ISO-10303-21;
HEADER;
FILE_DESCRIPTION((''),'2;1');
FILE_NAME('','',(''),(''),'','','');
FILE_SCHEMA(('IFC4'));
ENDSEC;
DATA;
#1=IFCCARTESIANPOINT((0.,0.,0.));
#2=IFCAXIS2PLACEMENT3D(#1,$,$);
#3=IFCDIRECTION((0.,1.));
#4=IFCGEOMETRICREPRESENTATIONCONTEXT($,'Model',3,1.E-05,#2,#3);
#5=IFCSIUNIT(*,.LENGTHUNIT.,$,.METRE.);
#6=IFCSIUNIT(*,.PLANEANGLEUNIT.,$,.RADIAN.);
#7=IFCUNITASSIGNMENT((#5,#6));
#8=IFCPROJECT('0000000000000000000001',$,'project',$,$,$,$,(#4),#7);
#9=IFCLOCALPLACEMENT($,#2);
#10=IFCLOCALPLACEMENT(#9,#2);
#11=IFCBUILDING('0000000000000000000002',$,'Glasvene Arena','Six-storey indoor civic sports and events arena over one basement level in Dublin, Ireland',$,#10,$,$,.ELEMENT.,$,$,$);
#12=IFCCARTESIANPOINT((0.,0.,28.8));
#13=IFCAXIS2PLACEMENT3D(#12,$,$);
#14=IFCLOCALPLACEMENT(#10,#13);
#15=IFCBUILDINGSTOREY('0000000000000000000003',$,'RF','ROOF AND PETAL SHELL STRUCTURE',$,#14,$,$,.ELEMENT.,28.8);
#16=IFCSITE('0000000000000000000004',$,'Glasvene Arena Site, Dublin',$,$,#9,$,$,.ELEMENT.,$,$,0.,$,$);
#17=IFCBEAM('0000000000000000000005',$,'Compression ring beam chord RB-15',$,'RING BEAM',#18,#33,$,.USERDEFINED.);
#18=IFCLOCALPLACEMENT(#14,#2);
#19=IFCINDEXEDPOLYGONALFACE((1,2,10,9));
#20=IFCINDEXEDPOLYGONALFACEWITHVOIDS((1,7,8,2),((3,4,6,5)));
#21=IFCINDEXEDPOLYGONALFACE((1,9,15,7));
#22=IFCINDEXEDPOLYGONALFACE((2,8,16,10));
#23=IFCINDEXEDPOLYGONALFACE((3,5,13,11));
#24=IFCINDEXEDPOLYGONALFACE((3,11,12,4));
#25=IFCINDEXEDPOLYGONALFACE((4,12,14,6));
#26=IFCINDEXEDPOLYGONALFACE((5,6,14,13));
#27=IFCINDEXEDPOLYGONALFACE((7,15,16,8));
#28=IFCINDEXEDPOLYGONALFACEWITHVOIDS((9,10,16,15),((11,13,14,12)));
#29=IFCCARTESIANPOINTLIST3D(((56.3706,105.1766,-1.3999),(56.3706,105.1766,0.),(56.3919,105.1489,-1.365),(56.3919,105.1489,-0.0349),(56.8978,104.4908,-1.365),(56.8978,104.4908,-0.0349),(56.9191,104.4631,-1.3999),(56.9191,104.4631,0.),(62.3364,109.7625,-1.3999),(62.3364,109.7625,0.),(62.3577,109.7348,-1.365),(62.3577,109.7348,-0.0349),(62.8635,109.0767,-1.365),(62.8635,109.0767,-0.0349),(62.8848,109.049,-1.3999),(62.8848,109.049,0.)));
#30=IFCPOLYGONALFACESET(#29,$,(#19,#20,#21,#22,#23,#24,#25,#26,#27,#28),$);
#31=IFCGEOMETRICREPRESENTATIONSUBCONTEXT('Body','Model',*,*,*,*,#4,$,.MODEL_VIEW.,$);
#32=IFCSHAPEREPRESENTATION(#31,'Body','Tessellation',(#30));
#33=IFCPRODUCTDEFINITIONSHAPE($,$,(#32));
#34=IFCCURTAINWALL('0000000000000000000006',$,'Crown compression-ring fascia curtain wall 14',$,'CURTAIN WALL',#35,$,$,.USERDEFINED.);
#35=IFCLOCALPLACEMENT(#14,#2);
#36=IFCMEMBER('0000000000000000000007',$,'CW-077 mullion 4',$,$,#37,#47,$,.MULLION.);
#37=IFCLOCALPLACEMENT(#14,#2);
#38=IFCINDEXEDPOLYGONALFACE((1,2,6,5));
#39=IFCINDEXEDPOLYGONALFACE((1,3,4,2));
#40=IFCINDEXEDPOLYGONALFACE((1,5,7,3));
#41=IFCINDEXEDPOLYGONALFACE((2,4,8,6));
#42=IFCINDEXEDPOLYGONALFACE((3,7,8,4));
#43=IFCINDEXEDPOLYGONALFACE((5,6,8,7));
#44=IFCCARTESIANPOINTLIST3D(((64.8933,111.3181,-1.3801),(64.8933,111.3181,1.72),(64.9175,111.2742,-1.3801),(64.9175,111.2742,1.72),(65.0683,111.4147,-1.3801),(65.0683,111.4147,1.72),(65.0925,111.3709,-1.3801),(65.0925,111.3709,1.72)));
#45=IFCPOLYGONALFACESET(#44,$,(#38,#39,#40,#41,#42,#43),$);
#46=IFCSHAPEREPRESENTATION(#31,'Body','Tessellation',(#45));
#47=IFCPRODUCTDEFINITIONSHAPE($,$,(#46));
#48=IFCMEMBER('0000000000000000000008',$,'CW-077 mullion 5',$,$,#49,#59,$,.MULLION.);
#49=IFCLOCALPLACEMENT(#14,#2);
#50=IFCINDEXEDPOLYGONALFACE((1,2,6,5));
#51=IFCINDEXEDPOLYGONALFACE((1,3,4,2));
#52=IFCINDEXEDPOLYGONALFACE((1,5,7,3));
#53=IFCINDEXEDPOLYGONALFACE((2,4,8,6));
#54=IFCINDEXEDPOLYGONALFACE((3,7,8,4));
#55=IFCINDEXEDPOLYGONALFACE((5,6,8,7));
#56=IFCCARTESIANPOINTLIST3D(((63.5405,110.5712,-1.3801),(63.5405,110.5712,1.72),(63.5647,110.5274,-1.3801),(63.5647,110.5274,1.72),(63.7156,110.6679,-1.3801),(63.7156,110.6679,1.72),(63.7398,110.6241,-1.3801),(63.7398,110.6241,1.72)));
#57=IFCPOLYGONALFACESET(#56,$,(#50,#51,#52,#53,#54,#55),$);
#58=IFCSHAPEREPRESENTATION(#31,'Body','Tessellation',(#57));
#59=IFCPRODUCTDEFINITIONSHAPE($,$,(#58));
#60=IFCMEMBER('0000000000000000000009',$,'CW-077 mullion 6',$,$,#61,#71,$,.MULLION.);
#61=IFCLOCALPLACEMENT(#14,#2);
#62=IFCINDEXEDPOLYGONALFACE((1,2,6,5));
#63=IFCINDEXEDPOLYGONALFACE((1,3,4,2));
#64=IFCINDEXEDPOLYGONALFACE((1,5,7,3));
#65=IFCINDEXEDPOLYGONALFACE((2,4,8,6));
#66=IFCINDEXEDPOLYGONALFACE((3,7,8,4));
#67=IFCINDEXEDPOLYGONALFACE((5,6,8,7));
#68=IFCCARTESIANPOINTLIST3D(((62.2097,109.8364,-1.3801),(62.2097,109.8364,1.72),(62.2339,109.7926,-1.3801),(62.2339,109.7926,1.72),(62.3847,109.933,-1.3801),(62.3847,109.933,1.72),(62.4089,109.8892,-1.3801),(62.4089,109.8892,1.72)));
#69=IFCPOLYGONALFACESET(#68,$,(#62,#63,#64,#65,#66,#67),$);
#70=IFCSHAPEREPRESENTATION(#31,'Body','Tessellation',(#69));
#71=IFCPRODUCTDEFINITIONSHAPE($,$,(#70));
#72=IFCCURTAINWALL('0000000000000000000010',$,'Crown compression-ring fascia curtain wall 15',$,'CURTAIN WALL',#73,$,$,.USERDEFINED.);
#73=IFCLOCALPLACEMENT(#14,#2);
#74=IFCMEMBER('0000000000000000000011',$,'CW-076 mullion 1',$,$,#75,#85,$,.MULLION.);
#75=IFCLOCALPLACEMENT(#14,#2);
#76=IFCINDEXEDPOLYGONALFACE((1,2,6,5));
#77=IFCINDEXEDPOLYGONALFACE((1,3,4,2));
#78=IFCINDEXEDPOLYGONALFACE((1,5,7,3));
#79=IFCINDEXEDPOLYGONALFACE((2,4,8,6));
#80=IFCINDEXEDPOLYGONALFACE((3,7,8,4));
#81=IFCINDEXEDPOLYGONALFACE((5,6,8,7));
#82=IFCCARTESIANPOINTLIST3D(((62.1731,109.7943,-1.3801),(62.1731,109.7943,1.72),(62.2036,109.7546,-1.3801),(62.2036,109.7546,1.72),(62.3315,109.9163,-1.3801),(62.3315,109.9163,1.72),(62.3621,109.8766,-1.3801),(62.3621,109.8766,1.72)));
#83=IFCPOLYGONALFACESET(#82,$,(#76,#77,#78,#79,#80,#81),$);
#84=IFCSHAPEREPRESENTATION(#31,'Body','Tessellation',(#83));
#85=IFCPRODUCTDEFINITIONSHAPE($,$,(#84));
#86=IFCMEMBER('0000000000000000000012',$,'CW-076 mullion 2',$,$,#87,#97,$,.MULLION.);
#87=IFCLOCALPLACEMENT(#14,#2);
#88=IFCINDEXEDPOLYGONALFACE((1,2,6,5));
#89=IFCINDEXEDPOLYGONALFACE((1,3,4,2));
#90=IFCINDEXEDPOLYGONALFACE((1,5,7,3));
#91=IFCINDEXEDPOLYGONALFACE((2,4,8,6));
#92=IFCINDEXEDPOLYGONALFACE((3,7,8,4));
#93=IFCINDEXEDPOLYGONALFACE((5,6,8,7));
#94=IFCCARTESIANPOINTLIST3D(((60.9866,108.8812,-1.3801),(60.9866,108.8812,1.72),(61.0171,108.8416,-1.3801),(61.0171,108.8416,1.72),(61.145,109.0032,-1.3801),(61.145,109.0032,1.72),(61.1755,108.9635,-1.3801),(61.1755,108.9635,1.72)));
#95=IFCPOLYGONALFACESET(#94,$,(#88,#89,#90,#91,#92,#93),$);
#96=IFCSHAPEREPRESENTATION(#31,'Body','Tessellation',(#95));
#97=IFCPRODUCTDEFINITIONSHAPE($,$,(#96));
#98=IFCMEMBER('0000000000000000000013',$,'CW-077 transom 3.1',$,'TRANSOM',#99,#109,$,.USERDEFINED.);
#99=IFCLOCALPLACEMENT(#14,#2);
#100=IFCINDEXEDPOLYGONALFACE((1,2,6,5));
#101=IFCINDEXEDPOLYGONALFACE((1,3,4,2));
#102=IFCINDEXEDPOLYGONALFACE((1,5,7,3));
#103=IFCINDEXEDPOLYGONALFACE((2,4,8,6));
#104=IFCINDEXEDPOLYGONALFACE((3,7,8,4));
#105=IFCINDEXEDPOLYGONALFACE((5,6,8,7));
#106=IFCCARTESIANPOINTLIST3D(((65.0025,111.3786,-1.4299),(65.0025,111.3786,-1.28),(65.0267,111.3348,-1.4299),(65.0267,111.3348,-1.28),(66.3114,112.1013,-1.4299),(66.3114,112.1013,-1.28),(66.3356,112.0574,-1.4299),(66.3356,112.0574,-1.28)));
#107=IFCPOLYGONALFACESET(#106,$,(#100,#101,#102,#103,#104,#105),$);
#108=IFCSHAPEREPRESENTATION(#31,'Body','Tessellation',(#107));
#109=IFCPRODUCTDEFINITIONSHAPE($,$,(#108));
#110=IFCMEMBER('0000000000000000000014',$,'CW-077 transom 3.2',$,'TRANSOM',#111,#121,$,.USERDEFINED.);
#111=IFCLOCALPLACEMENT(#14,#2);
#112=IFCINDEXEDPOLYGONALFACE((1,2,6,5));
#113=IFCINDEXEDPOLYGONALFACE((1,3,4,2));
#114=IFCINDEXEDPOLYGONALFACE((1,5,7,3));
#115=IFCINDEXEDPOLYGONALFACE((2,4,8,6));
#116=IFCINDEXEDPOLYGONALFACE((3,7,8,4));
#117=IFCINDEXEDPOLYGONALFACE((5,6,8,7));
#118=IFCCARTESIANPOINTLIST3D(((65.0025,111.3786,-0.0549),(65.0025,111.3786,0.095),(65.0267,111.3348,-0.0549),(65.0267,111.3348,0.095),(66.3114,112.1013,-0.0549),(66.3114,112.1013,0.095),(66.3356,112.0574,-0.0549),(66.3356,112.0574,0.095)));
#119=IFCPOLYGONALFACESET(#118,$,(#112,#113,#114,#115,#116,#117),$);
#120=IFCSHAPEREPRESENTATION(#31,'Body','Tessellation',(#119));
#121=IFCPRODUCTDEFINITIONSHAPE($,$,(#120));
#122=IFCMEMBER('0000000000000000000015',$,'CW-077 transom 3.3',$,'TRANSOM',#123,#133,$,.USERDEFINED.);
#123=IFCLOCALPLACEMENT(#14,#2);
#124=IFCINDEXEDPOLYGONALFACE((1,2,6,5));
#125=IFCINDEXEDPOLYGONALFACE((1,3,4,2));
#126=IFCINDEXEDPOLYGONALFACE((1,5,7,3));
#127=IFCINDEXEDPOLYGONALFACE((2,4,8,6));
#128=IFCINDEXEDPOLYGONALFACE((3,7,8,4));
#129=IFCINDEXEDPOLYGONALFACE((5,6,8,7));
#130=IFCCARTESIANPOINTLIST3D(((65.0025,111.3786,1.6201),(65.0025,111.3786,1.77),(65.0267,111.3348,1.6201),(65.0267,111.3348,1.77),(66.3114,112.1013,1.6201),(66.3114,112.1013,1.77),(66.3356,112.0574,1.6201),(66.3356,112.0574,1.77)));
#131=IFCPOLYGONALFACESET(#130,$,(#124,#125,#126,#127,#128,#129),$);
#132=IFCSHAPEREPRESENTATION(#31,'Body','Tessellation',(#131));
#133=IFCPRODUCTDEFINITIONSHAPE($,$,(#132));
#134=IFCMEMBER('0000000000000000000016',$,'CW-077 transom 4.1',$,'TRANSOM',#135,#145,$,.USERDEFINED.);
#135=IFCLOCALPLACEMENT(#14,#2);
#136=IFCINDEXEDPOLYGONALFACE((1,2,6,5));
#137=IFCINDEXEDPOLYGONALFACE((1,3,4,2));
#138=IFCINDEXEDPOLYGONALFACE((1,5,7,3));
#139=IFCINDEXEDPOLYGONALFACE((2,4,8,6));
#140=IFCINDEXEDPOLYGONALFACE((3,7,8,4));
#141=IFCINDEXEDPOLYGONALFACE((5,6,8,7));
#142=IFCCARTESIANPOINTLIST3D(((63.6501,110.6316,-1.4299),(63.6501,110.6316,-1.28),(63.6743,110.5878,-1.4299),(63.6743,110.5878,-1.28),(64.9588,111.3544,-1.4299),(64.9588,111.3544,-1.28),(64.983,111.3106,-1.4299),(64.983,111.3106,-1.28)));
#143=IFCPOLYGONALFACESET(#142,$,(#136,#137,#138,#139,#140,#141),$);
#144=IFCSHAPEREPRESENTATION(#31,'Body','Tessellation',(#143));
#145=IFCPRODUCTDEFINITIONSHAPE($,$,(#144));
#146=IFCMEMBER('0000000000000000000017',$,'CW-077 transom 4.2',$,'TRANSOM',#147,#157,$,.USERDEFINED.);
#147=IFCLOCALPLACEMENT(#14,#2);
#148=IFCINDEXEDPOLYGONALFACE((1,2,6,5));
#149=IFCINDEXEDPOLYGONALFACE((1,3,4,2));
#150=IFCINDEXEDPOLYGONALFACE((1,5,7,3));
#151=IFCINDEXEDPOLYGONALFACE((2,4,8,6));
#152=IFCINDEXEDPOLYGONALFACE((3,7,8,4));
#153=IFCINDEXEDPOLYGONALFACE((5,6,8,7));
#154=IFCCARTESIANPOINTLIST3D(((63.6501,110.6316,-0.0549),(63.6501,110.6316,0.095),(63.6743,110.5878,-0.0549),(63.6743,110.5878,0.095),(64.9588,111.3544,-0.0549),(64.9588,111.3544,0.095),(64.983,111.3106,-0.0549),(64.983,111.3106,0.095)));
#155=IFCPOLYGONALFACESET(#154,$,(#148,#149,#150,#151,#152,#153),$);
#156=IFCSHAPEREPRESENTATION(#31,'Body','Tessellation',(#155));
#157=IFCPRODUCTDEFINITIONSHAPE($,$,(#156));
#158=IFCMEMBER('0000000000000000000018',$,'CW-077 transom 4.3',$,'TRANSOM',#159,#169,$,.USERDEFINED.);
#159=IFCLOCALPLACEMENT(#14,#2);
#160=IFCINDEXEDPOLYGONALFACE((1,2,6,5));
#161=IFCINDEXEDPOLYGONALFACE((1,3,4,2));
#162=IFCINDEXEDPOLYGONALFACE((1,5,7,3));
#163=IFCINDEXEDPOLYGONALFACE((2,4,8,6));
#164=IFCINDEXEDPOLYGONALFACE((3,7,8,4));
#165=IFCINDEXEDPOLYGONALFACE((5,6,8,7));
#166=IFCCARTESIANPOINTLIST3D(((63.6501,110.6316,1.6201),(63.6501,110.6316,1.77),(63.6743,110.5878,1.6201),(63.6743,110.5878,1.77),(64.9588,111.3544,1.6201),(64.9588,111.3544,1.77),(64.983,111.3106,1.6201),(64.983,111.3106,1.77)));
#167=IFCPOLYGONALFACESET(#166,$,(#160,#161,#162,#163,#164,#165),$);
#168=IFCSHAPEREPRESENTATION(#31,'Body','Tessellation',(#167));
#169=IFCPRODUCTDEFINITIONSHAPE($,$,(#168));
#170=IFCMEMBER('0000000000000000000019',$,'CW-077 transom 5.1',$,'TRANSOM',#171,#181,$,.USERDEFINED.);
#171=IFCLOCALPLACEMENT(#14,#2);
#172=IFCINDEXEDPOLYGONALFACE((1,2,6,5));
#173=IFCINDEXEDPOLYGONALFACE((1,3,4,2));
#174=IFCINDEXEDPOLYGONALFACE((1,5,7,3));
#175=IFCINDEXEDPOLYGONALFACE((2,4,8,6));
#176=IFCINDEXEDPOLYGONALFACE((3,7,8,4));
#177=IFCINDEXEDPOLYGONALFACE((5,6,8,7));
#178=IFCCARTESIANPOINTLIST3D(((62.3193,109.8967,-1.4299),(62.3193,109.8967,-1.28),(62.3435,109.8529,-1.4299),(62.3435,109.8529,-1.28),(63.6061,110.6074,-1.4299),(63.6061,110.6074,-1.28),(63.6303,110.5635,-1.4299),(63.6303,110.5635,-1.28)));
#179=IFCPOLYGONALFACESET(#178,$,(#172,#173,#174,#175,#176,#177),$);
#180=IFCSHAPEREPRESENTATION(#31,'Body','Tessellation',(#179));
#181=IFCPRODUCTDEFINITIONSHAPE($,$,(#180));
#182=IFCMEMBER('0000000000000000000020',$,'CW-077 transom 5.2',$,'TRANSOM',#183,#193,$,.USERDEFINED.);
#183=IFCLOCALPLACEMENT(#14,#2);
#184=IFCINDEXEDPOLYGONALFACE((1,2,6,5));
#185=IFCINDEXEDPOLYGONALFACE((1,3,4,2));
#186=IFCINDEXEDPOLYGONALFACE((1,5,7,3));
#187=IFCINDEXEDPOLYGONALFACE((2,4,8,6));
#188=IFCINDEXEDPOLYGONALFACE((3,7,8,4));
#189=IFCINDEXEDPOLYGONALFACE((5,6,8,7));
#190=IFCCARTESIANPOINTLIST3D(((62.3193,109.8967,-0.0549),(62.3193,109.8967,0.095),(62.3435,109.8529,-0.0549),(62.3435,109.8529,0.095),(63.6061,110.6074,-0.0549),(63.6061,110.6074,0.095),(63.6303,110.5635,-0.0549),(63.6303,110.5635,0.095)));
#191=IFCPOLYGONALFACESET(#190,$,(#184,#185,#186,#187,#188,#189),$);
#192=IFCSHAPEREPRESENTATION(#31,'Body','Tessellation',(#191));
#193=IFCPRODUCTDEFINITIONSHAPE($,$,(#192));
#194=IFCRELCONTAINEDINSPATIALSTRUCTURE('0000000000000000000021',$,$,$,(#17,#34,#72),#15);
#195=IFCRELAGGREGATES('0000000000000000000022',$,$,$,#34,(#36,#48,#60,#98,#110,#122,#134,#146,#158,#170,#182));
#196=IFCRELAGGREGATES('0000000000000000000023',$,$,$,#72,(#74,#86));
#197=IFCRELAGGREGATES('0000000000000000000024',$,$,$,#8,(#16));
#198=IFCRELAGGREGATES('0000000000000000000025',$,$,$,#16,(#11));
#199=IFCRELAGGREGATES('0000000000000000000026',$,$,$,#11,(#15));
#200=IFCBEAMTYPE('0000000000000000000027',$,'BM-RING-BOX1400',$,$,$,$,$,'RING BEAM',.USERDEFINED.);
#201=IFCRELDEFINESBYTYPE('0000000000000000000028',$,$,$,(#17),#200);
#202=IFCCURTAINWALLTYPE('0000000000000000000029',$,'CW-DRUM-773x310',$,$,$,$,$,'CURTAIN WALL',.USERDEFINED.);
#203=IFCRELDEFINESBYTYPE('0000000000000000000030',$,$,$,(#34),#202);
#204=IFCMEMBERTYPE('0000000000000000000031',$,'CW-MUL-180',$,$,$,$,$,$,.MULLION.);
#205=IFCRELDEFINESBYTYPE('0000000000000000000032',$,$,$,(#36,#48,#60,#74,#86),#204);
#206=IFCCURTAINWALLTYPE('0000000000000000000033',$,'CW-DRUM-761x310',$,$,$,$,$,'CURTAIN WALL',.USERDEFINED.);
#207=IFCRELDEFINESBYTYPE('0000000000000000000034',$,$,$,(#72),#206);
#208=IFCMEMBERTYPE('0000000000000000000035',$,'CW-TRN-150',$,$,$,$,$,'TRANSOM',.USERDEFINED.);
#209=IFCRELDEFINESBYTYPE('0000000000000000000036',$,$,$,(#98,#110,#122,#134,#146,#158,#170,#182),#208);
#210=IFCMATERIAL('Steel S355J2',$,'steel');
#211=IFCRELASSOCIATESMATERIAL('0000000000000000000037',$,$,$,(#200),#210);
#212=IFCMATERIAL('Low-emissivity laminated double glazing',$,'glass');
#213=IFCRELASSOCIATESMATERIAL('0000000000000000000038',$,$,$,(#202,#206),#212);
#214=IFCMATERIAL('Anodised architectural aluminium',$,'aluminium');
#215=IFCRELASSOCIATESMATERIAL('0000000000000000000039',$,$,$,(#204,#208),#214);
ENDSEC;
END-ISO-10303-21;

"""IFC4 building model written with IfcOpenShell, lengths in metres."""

from ifc_helpers import new_model, si_unit, direction, frame, origin, origin_2d, place, context, subcontext, project, spatial, rectangle, hollow_rectangle, extrude, material, material_profile, profile_set, type_object, element, aggregate, save


model = new_model("IFC4")

# Units and contexts
model_context = context("Model", 3, precision=1e-05, world=origin(), true_north=direction((0.0, 1.0)))
body_context = subcontext(model_context, "Body", "Model", "MODEL_VIEW")
ifc_project = project(units=[si_unit("LENGTHUNIT", "METRE"), si_unit("PLANEANGLEUNIT", "RADIAN")], contexts=[model_context])

# Site, building, storey
site_placement = place(None, origin())
site = spatial("IfcSite", under=ifc_project, at=site_placement, Name="Glasvene Arena Site, Dublin", CompositionType="ELEMENT", RefElevation=0.0)
building_placement = place(site_placement, origin())
building = spatial("IfcBuilding", under=site, at=building_placement, Name="Glasvene Arena", Description="Six-storey indoor civic sports and events arena over one basement level in Dublin, Ireland", CompositionType="ELEMENT")
storey_placement = place(building_placement, frame((0.0, 0.0, 28.8)))
storey = spatial("IfcBuildingStorey", under=building, at=storey_placement, Name="RF", Description="ROOF AND PETAL SHELL STRUCTURE", CompositionType="ELEMENT", Elevation=28.8)

# Beam
ifc_material_1 = material(Name="Steel S355J2", Category="steel")
ifc_material_profile_1 = material_profile(ifc_material_1, hollow_rectangle(XDim=0.8999, YDim=1.3999, WallThickness=0.0349, at=origin_2d()), Name="WBOX 900x1400x35")
ifc_profile_set_1 = profile_set([ifc_material_profile_1], Name="Steel S355J2")
beam_type = type_object("IfcBeamType", Name="BM-RING-BOX1400", ElementType="RING BEAM", PredefinedType="USERDEFINED", material=ifc_profile_set_1)
beam_placement = place(storey_placement, frame((62.6106, 109.4058, -0.7), z_axis=(-0.792827, -0.609447, 0.0), x_axis=(0.609447, -0.792827, 0.0)))
element("IfcBeam", 1, at=beam_placement, inside=storey, type_object=beam_type, Name="Compression ring beam chord RB-15", ObjectType="RING BEAM", PredefinedType="USERDEFINED", context=body_context, shape_type="SweptSolid", body=[
    extrude(hollow_rectangle(XDim=0.8999, YDim=1.3999, WallThickness=0.0349, at=origin_2d()), origin(), (0.0, 0.0, 1.0), 7.5247),
])

# Curtain walls, members
ifc_material_2 = material(Name="Low-emissivity laminated double glazing", Category="glass")
curtain_wall_type_1 = type_object("IfcCurtainWallType", Name="CW-DRUM-773x310", ElementType="CURTAIN WALL", PredefinedType="USERDEFINED", material=ifc_material_2)
curtain_wall_1_placement = place(storey_placement, frame((69.0508, 113.5852, 0.0)))
curtain_wall_1 = element("IfcCurtainWall", 2, at=curtain_wall_1_placement, inside=storey, type_object=curtain_wall_type_1, Name="Crown compression-ring fascia curtain wall 14", ObjectType="CURTAIN WALL", PredefinedType="USERDEFINED")
ifc_material_3 = material(Name="Anodised architectural aluminium", Category="aluminium")
ifc_material_profile_2 = material_profile(ifc_material_3, rectangle(XDim=0.05, YDim=0.2, at=origin_2d()), Name="ALU MULLION 50x200")
ifc_profile_set_2 = profile_set([ifc_material_profile_2], Name="Anodised architectural aluminium")
member_type_1 = type_object("IfcMemberType", Name="CW-MUL-180", PredefinedType="MULLION", material=ifc_profile_set_2)
member_1_placement = place(storey_placement, frame((64.9929, 111.3445, -1.3801), z_axis=(0.0, 0.0, 1.0), x_axis=(0.483387, -0.875407, 0.0)))
member_1 = element("IfcMember", 3, at=member_1_placement, type_object=member_type_1, Name="CW-077 mullion 4", PredefinedType="MULLION", context=body_context, shape_type="SweptSolid", body=[
    extrude(rectangle(XDim=0.05, YDim=0.2, at=origin_2d()), origin(), (0.0, 0.0, 1.0), 3.1001),
])
member_2_placement = place(storey_placement, frame((63.6401, 110.5977, -1.3801), z_axis=(0.0, 0.0, 1.0), x_axis=(0.483387, -0.875407, 0.0)))
member_2 = element("IfcMember", 4, at=member_2_placement, type_object=member_type_1, Name="CW-077 mullion 5", PredefinedType="MULLION", context=body_context, shape_type="SweptSolid", body=[
    extrude(rectangle(XDim=0.05, YDim=0.2, at=origin_2d()), origin(), (0.0, 0.0, 1.0), 3.1001),
])
member_3_placement = place(storey_placement, frame((62.3093, 109.8628, -1.3801), z_axis=(0.0, 0.0, 1.0), x_axis=(0.483387, -0.875407, 0.0)))
member_3 = element("IfcMember", 5, at=member_3_placement, type_object=member_type_1, Name="CW-077 mullion 6", PredefinedType="MULLION", context=body_context, shape_type="SweptSolid", body=[
    extrude(rectangle(XDim=0.05, YDim=0.2, at=origin_2d()), origin(), (0.0, 0.0, 1.0), 3.1001),
])
curtain_wall_type_2 = type_object("IfcCurtainWallType", Name="CW-DRUM-761x310", ElementType="CURTAIN WALL", PredefinedType="USERDEFINED", material=ifc_material_2)
curtain_wall_2_placement = place(storey_placement, frame((62.2876, 109.8506, 0.0)))
curtain_wall_2 = element("IfcCurtainWall", 6, at=curtain_wall_2_placement, inside=storey, type_object=curtain_wall_type_2, Name="Crown compression-ring fascia curtain wall 15", ObjectType="CURTAIN WALL", PredefinedType="USERDEFINED")
member_4_placement = place(storey_placement, frame((62.2676, 109.8354, -1.3801), z_axis=(0.0, 0.0, 1.0), x_axis=(0.609895, -0.792482, 0.0)))
member_4 = element("IfcMember", 7, at=member_4_placement, type_object=member_type_1, Name="CW-076 mullion 1", PredefinedType="MULLION", context=body_context, shape_type="SweptSolid", body=[
    extrude(rectangle(XDim=0.05, YDim=0.2, at=origin_2d()), origin(), (0.0, 0.0, 1.0), 3.1001),
])
member_5_placement = place(storey_placement, frame((61.0811, 108.9224, -1.3801), z_axis=(0.0, 0.0, 1.0), x_axis=(0.609895, -0.792482, 0.0)))
member_5 = element("IfcMember", 8, at=member_5_placement, type_object=member_type_1, Name="CW-076 mullion 2", PredefinedType="MULLION", context=body_context, shape_type="SweptSolid", body=[
    extrude(rectangle(XDim=0.05, YDim=0.2, at=origin_2d()), origin(), (0.0, 0.0, 1.0), 3.1001),
])

# Members
ifc_material_profile_3 = material_profile(ifc_material_3, rectangle(XDim=0.05, YDim=0.1499, at=origin_2d()), Name="ALU TRANSOM 50x150")
ifc_profile_set_3 = profile_set([ifc_material_profile_3], Name="Anodised architectural aluminium")
member_type_2 = type_object("IfcMemberType", Name="CW-TRN-150", ElementType="TRANSOM", PredefinedType="USERDEFINED", material=ifc_profile_set_3)
member_6_placement = place(storey_placement, frame((66.3235, 112.0793, -1.355), z_axis=(-0.875425, -0.483354, 0.0), x_axis=(0.483354, -0.875425, 0.0)))
member_6 = element("IfcMember", 9, at=member_6_placement, type_object=member_type_2, Name="CW-077 transom 3.1", ObjectType="TRANSOM", PredefinedType="USERDEFINED", context=body_context, shape_type="SweptSolid", body=[
    extrude(rectangle(XDim=0.05, YDim=0.1499, at=origin_2d()), origin(), (0.0, 0.0, 1.0), 1.4951),
])
member_7_placement = place(storey_placement, frame((66.3235, 112.0793, 0.02), z_axis=(-0.875425, -0.483354, 0.0), x_axis=(0.483354, -0.875425, 0.0)))
member_7 = element("IfcMember", 10, at=member_7_placement, type_object=member_type_2, Name="CW-077 transom 3.2", ObjectType="TRANSOM", PredefinedType="USERDEFINED", context=body_context, shape_type="SweptSolid", body=[
    extrude(rectangle(XDim=0.05, YDim=0.1499, at=origin_2d()), origin(), (0.0, 0.0, 1.0), 1.4951),
])
member_8_placement = place(storey_placement, frame((66.3235, 112.0793, 1.6951), z_axis=(-0.875425, -0.483354, 0.0), x_axis=(0.483354, -0.875425, 0.0)))
member_8 = element("IfcMember", 11, at=member_8_placement, type_object=member_type_2, Name="CW-077 transom 3.3", ObjectType="TRANSOM", PredefinedType="USERDEFINED", context=body_context, shape_type="SweptSolid", body=[
    extrude(rectangle(XDim=0.05, YDim=0.1499, at=origin_2d()), origin(), (0.0, 0.0, 1.0), 1.4951),
])
member_9_placement = place(storey_placement, frame((64.9709, 111.3325, -1.355), z_axis=(-0.875356, -0.483479, 0.0), x_axis=(0.483479, -0.875356, 0.0)))
member_9 = element("IfcMember", 12, at=member_9_placement, type_object=member_type_2, Name="CW-077 transom 4.1", ObjectType="TRANSOM", PredefinedType="USERDEFINED", context=body_context, shape_type="SweptSolid", body=[
    extrude(rectangle(XDim=0.05, YDim=0.1499, at=origin_2d()), origin(), (0.0, 0.0, 1.0), 1.4951),
])
member_10_placement = place(storey_placement, frame((64.9709, 111.3325, 0.02), z_axis=(-0.875356, -0.483479, 0.0), x_axis=(0.483479, -0.875356, 0.0)))
member_10 = element("IfcMember", 13, at=member_10_placement, type_object=member_type_2, Name="CW-077 transom 4.2", ObjectType="TRANSOM", PredefinedType="USERDEFINED", context=body_context, shape_type="SweptSolid", body=[
    extrude(rectangle(XDim=0.05, YDim=0.1499, at=origin_2d()), origin(), (0.0, 0.0, 1.0), 1.4951),
])
member_11_placement = place(storey_placement, frame((64.9709, 111.3325, 1.6951), z_axis=(-0.875356, -0.483479, 0.0), x_axis=(0.483479, -0.875356, 0.0)))
member_11 = element("IfcMember", 14, at=member_11_placement, type_object=member_type_2, Name="CW-077 transom 4.3", ObjectType="TRANSOM", PredefinedType="USERDEFINED", context=body_context, shape_type="SweptSolid", body=[
    extrude(rectangle(XDim=0.05, YDim=0.1499, at=origin_2d()), origin(), (0.0, 0.0, 1.0), 1.4951),
])
member_12_placement = place(storey_placement, frame((63.6182, 110.5854, -1.355), z_axis=(-0.875377, -0.483442, 0.0), x_axis=(0.483442, -0.875377, 0.0)))
member_12 = element("IfcMember", 15, at=member_12_placement, type_object=member_type_2, Name="CW-077 transom 5.1", ObjectType="TRANSOM", PredefinedType="USERDEFINED", context=body_context, shape_type="SweptSolid", body=[
    extrude(rectangle(XDim=0.05, YDim=0.1499, at=origin_2d()), origin(), (0.0, 0.0, 1.0), 1.47),
])
member_13_placement = place(storey_placement, frame((63.6182, 110.5854, 0.02), z_axis=(-0.875377, -0.483442, 0.0), x_axis=(0.483442, -0.875377, 0.0)))
member_13 = element("IfcMember", 16, at=member_13_placement, type_object=member_type_2, Name="CW-077 transom 5.2", ObjectType="TRANSOM", PredefinedType="USERDEFINED", context=body_context, shape_type="SweptSolid", body=[
    extrude(rectangle(XDim=0.05, YDim=0.1499, at=origin_2d()), origin(), (0.0, 0.0, 1.0), 1.47),
])

aggregate(curtain_wall_1, [member_1, member_2, member_3, member_6, member_7, member_8, member_9, member_10, member_11, member_12, member_13])
aggregate(curtain_wall_2, [member_4, member_5])

save(model, "model.ifc")
